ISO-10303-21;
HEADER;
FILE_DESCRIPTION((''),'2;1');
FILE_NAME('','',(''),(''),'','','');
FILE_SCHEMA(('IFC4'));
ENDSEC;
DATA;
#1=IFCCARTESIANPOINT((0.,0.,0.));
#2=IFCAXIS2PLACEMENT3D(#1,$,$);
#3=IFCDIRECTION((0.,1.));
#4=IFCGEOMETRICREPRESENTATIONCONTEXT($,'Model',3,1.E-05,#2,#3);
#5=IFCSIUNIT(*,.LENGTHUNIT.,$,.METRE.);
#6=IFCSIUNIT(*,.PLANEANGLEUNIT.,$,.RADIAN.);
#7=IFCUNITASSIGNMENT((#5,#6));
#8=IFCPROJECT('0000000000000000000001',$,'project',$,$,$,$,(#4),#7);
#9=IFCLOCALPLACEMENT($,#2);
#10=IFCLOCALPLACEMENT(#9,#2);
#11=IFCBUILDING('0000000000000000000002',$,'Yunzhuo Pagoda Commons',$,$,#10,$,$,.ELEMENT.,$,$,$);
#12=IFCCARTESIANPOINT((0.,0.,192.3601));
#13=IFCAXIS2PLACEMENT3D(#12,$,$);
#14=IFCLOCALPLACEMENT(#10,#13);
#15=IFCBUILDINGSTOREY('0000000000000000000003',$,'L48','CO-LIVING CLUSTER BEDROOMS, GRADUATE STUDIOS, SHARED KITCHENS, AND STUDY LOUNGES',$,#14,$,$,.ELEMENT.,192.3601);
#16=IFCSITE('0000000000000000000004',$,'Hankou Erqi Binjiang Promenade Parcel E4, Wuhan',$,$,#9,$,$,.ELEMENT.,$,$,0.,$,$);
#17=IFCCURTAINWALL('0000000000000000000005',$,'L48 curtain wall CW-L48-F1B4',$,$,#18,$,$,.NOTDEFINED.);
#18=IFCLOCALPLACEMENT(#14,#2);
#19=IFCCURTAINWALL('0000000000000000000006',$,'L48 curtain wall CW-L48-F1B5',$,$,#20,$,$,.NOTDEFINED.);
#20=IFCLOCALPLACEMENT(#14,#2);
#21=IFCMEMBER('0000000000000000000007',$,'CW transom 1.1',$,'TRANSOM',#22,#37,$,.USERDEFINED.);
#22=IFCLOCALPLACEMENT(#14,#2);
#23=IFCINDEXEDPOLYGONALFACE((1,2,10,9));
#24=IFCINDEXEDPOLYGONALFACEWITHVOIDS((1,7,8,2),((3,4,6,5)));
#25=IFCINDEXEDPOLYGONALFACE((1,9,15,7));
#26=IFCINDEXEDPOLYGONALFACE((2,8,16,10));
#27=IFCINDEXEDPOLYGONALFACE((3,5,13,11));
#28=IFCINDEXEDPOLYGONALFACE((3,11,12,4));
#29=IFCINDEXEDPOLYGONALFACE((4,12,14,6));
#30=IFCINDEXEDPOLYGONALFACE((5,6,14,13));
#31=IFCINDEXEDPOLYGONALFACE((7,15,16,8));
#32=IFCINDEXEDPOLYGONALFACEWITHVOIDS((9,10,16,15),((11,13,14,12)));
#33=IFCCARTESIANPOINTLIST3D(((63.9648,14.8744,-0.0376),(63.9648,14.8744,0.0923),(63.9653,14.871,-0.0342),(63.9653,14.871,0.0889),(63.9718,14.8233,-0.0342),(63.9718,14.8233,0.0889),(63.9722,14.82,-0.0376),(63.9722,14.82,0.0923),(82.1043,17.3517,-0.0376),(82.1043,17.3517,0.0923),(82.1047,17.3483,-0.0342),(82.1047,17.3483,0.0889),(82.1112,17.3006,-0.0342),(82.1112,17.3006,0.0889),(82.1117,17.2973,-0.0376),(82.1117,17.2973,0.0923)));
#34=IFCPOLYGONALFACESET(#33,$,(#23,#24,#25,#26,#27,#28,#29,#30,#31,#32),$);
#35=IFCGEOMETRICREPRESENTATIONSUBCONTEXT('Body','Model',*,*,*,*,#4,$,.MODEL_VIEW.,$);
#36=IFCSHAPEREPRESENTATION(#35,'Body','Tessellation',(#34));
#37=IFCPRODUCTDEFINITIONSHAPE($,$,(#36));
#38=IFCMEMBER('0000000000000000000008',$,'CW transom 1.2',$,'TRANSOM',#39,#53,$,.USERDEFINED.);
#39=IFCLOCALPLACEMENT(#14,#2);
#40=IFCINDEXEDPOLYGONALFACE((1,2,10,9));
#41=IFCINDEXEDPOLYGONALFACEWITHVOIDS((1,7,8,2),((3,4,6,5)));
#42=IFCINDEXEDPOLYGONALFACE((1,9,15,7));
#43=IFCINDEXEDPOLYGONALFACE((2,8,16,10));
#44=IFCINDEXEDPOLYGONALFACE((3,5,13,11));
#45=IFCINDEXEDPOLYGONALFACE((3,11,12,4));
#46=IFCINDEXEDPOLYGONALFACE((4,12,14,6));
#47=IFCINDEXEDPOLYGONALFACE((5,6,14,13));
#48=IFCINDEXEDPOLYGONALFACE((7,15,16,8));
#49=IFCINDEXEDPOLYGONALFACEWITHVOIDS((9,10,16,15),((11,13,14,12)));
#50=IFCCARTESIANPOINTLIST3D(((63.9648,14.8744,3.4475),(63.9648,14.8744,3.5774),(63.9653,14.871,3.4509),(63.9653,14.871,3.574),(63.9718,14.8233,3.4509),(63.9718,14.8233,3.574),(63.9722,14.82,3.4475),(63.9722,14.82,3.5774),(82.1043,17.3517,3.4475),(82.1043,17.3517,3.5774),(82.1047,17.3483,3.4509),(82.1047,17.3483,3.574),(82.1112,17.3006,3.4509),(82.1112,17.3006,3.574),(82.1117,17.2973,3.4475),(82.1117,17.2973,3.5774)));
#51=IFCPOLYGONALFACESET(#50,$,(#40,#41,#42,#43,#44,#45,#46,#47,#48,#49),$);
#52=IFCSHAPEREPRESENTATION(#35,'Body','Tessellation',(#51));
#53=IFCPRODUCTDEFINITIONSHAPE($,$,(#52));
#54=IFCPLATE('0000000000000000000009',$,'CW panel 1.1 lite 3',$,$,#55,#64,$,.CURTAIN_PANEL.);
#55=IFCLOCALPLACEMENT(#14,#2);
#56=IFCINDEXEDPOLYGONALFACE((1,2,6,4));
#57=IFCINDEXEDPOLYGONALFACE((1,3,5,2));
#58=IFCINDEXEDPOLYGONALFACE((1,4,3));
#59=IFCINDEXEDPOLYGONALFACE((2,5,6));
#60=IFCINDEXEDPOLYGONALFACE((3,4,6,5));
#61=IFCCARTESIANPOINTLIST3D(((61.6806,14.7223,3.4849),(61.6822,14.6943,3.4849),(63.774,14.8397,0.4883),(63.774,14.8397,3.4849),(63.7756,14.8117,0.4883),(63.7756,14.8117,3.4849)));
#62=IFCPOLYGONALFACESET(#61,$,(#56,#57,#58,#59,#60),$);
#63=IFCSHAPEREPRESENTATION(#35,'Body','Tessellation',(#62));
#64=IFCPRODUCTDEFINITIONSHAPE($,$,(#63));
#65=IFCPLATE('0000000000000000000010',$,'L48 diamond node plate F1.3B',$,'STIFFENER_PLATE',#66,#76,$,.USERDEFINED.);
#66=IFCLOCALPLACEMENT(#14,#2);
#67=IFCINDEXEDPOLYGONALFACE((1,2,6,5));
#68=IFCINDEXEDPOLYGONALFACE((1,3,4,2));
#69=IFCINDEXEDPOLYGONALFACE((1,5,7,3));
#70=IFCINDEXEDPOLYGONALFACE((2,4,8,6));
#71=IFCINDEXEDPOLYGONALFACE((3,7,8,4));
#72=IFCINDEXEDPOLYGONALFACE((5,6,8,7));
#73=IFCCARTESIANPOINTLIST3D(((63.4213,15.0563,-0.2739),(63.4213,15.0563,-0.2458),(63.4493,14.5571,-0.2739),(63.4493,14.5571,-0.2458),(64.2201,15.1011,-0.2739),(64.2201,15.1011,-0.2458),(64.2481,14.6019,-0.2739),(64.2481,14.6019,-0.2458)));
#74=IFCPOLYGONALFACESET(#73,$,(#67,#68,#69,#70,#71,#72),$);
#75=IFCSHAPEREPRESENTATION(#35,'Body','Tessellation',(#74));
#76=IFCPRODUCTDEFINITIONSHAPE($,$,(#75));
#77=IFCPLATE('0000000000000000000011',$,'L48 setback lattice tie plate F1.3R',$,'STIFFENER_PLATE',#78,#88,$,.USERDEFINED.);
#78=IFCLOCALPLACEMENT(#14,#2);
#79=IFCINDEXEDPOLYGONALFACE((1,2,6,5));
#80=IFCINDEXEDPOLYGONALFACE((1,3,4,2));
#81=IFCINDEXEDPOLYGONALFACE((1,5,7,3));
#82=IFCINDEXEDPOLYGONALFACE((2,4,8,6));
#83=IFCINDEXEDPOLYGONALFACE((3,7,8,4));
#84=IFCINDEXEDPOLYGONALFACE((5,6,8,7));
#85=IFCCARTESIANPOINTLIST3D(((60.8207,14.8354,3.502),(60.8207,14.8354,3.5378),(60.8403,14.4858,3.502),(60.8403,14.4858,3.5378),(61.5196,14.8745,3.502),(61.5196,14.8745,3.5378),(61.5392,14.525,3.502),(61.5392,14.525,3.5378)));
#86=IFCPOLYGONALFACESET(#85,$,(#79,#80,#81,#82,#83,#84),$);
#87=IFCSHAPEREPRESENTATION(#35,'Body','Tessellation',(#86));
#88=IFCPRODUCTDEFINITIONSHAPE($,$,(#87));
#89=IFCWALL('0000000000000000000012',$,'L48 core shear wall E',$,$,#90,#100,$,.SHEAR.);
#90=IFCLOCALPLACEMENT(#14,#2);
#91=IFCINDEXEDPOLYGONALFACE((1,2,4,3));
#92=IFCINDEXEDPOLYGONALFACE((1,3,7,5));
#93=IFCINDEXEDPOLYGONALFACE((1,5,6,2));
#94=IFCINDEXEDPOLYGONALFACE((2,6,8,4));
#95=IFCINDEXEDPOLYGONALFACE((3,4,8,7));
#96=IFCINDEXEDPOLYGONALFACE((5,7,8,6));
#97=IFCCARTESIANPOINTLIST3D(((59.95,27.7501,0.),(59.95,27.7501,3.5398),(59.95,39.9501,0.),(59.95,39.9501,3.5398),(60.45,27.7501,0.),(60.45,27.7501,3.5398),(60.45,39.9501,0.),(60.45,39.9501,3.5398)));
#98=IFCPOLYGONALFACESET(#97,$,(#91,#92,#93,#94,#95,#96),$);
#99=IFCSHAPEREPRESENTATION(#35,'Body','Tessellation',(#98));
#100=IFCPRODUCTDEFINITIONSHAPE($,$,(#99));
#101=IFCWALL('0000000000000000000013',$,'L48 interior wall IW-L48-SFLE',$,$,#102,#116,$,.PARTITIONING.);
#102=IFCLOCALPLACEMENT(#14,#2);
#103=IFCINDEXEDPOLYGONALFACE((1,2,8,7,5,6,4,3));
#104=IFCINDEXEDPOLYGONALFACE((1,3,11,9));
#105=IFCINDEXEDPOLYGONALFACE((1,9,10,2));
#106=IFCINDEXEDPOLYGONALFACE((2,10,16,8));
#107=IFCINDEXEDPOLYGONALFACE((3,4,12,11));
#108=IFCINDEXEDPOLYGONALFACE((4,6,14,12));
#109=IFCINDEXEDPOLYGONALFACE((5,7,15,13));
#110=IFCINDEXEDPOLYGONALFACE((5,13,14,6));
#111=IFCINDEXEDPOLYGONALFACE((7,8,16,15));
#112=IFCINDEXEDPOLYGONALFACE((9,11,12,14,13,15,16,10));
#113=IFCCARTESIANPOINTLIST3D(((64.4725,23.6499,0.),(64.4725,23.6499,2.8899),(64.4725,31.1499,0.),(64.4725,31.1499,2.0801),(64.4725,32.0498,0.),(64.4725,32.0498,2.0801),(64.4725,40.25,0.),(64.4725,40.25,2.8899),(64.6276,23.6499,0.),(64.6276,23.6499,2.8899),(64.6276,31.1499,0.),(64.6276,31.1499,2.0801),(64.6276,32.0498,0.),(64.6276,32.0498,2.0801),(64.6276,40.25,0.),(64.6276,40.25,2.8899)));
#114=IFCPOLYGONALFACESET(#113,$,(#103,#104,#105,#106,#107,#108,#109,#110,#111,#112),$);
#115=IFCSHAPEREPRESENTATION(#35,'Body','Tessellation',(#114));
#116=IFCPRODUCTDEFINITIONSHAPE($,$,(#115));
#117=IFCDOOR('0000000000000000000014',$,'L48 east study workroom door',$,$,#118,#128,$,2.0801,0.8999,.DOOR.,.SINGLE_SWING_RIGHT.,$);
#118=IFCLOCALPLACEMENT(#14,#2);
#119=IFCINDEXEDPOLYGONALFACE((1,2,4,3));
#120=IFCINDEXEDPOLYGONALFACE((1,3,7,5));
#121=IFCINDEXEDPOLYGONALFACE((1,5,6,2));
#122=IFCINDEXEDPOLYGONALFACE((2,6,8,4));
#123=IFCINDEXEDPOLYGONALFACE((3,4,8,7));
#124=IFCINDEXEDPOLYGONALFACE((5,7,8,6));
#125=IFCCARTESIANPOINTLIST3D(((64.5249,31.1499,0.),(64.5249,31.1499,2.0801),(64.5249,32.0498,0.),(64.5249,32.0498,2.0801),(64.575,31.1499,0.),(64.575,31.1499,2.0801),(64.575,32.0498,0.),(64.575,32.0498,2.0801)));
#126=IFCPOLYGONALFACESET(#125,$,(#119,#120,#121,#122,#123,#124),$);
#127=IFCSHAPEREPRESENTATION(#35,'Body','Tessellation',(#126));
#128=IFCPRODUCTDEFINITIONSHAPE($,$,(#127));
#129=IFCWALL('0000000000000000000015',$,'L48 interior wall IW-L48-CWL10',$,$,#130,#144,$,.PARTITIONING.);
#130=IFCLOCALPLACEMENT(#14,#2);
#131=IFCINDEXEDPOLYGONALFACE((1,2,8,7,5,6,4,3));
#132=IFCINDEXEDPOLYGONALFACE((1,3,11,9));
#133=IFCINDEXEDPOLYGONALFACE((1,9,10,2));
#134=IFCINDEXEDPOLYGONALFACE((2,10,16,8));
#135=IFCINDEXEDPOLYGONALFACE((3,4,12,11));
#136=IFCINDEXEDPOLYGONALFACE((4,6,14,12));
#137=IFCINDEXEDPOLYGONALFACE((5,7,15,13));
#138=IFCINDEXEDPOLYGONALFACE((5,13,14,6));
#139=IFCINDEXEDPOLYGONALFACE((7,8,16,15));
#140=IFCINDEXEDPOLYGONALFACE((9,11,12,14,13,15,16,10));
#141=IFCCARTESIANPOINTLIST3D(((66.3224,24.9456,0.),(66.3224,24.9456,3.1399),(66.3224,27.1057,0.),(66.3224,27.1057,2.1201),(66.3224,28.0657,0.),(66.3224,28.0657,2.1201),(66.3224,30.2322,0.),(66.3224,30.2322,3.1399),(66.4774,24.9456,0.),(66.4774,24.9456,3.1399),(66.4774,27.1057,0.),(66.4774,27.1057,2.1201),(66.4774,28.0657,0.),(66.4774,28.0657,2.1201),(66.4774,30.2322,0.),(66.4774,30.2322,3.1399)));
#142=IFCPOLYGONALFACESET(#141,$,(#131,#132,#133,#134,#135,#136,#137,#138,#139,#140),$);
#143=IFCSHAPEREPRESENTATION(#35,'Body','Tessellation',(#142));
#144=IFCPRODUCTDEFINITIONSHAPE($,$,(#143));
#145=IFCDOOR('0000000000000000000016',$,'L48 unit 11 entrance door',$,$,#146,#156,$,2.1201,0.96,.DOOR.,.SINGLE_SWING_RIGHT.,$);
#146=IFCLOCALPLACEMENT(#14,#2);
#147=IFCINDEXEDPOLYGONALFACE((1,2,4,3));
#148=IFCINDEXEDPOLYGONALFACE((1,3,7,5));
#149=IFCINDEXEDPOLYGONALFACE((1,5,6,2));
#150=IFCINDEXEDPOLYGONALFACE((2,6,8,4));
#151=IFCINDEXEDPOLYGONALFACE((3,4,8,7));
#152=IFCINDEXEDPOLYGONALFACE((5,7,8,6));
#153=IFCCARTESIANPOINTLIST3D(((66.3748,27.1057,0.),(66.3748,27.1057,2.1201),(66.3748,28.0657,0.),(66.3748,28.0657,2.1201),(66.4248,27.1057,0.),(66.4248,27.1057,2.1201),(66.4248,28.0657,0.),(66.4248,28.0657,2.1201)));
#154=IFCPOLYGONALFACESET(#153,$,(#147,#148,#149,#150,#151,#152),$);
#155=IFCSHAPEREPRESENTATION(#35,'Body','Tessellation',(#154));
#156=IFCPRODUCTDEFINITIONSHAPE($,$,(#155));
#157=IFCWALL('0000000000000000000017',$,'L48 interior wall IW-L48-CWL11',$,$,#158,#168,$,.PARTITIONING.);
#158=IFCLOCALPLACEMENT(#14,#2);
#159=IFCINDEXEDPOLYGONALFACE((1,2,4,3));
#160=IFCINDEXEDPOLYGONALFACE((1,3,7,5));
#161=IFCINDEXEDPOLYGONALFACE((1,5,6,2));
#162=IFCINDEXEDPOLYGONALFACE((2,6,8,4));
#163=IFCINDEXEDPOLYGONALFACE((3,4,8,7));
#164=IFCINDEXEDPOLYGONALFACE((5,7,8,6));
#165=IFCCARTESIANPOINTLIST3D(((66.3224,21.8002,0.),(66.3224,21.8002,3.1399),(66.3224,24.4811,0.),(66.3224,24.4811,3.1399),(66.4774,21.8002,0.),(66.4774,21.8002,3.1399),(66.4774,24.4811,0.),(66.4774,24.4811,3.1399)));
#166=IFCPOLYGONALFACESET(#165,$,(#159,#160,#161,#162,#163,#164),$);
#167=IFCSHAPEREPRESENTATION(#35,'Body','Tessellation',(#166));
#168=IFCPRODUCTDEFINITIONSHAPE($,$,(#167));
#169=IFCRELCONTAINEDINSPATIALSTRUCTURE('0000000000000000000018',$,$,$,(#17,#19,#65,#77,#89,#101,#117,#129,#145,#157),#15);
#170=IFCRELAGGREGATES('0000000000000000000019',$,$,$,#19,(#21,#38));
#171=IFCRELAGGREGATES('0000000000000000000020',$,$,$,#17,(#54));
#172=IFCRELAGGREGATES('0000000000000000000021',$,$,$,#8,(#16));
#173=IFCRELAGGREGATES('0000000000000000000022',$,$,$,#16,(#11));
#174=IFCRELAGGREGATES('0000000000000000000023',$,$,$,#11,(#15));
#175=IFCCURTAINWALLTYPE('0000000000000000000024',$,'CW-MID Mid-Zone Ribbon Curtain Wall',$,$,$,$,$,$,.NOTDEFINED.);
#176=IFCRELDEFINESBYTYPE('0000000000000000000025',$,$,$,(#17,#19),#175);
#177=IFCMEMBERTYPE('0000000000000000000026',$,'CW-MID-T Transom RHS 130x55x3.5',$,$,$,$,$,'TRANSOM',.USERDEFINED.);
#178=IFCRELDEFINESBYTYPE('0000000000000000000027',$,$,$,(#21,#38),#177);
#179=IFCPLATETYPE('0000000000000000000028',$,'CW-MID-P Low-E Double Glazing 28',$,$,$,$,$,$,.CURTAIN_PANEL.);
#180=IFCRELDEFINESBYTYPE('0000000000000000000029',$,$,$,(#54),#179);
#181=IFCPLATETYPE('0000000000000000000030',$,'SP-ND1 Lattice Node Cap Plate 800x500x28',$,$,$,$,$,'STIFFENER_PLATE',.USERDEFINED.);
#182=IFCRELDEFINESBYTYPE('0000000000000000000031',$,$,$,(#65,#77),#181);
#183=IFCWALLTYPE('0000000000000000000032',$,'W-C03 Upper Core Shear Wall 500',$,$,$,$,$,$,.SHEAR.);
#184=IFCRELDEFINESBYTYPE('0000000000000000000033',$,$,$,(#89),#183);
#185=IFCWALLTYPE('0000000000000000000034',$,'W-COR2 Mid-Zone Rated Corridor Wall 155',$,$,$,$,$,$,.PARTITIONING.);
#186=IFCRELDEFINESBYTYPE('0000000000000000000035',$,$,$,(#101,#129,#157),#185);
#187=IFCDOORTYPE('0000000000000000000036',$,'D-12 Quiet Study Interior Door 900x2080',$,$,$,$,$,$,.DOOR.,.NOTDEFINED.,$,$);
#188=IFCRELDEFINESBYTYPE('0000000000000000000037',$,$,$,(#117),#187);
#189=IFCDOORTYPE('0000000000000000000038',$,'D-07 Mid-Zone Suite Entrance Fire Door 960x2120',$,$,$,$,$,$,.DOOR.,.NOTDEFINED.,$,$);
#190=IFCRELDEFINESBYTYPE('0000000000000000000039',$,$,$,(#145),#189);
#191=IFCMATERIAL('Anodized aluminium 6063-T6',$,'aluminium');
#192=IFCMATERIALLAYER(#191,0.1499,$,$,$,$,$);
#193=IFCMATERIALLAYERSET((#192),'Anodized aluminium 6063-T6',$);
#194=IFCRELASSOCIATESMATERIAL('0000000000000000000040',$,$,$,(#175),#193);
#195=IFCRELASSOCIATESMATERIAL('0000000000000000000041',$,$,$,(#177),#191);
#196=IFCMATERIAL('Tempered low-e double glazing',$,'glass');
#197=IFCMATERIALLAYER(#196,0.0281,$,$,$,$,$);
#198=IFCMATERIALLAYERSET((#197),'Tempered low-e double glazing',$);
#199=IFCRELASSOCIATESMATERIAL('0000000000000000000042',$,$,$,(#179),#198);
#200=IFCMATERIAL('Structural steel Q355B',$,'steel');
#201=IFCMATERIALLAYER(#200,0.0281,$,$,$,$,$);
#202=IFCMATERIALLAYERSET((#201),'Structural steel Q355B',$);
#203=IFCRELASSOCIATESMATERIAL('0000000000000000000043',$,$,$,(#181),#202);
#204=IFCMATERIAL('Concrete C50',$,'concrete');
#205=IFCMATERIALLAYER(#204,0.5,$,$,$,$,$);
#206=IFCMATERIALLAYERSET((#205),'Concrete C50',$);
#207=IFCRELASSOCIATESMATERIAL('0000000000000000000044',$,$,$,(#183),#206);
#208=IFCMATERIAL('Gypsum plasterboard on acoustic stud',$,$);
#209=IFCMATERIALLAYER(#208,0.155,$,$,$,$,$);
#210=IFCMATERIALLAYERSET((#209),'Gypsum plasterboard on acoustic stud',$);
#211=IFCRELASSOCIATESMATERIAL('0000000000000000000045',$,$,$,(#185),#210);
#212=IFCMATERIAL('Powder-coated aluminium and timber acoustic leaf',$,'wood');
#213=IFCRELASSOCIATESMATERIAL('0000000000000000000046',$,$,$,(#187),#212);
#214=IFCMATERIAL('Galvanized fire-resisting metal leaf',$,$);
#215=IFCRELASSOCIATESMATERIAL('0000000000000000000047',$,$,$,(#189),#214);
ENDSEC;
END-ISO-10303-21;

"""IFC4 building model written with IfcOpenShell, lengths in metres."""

from ifc_helpers import new_model, si_unit, direction, frame, frame_2d, origin, origin_with_axes, origin_2d, place, context, subcontext, project, spatial, polyline, rectangle, hollow_rectangle, outline, extrude, source, transform, mapped, material, layer, layer_set, material_profile, profile_set, type_object, element, fill, aggregate, save


model = new_model("IFC4")

# Units and contexts
model_context = context("Model", 3, precision=1e-05, world=origin(), true_north=direction((0.0, 1.0)))
body_context = subcontext(model_context, "Body", "Model", "MODEL_VIEW")
ifc_project = project(units=[si_unit("LENGTHUNIT", "METRE"), si_unit("PLANEANGLEUNIT", "RADIAN")], contexts=[model_context])

# Site, building, storey
site_placement = place(None, origin())
site = spatial("IfcSite", under=ifc_project, at=site_placement, Name="Hankou Erqi Binjiang Promenade Parcel E4, Wuhan", CompositionType="ELEMENT", RefElevation=0.0)
building_placement = place(site_placement, origin())
building = spatial("IfcBuilding", under=site, at=building_placement, Name="Yunzhuo Pagoda Commons", CompositionType="ELEMENT")
storey_placement = place(building_placement, frame((0.0, 0.0, 192.3601)))
storey = spatial("IfcBuildingStorey", under=building, at=storey_placement, Name="L48", Description="CO-LIVING CLUSTER BEDROOMS, GRADUATE STUDIOS, SHARED KITCHENS, AND STUDY LOUNGES", CompositionType="ELEMENT", Elevation=192.3601)

# Shared definitions
ifc_material_1 = material(Name="Structural steel Q355B", Category="steel")

# Curtain wall
ifc_material_2 = material(Name="Anodized aluminium 6063-T6", Category="aluminium")
ifc_layer_1 = layer(ifc_material_2, 0.1499)
ifc_layer_set_1 = layer_set([ifc_layer_1], Name="Anodized aluminium 6063-T6")
curtain_wall_type = type_object("IfcCurtainWallType", Name="CW-MID Mid-Zone Ribbon Curtain Wall", PredefinedType="NOTDEFINED", material=ifc_layer_set_1)
curtain_wall_1_placement = place(storey_placement, origin())
curtain_wall_1 = element("IfcCurtainWall", 1, at=curtain_wall_1_placement, inside=storey, type_object=curtain_wall_type, Name="L48 curtain wall CW-L48-F1B4", PredefinedType="NOTDEFINED")

# Curtain wall, members
curtain_wall_2_placement = place(storey_placement, origin())
curtain_wall_2 = element("IfcCurtainWall", 2, at=curtain_wall_2_placement, inside=storey, type_object=curtain_wall_type, Name="L48 curtain wall CW-L48-F1B5", PredefinedType="NOTDEFINED")
ifc_material_profile_1 = material_profile(ifc_material_2, hollow_rectangle(XDim=0.0549, YDim=0.1299, WallThickness=0.0034, at=origin_2d()), Name="Anodized aluminium 6063-T6")
ifc_profile_set_1 = profile_set([ifc_material_profile_1], Name="Anodized aluminium 6063-T6")
member_type_1 = type_object("IfcMemberType", Name="CW-MID-T Transom RHS 130x55x3.5", ElementType="TRANSOM", PredefinedType="USERDEFINED", material=ifc_profile_set_1)
shared_shape_1 = source(origin(), body_context, "Body", "SweptSolid", [
    extrude(hollow_rectangle(XDim=0.0549, YDim=0.1299, WallThickness=0.0034, at=origin_2d()), origin(), (0.0, 0.0, 1.0), 18.3079),
])
member_1_placement = place(storey_placement, frame((63.9685, 14.8472, 0.0273), z_axis=(0.990803, 0.135314, 0.0), x_axis=(-0.135314, 0.990803, 0.0)))
member_1 = element("IfcMember", 3, at=member_1_placement, type_object=member_type_1, Name="CW transom 1.1", ObjectType="TRANSOM", PredefinedType="USERDEFINED", context=body_context, shape_type="MappedRepresentation", body=[
    mapped(shared_shape_1, transform((0.0, 0.0, 0.0), scale=1.0)),
])
member_2_placement = place(storey_placement, frame((63.9685, 14.8472, 3.5125), z_axis=(0.990803, 0.135314, 0.0), x_axis=(-0.135314, 0.990803, 0.0)))
member_2 = element("IfcMember", 4, at=member_2_placement, type_object=member_type_1, Name="CW transom 1.2", ObjectType="TRANSOM", PredefinedType="USERDEFINED", context=body_context, shape_type="MappedRepresentation", body=[
    mapped(shared_shape_1, transform((0.0, 0.0, 0.0), scale=1.0)),
])
aggregate(curtain_wall_2, [member_1, member_2])

# Plate
ifc_material_3 = material(Name="Tempered low-e double glazing", Category="glass")
ifc_layer_2 = layer(ifc_material_3, 0.0281)
ifc_layer_set_2 = layer_set([ifc_layer_2], Name="Tempered low-e double glazing")
plate_type_1 = type_object("IfcPlateType", Name="CW-MID-P Low-E Double Glazing 28", PredefinedType="CURTAIN_PANEL", material=ifc_layer_set_2)
plate_1_placement = place(storey_placement, frame((62.7273, 14.781, 1.9866), z_axis=(0.055983, -0.998432, 0.0), x_axis=(0.998432, 0.055983, 0.0)))
plate_1 = element("IfcPlate", 5, at=plate_1_placement, type_object=plate_type_1, Name="CW panel 1.1 lite 3", PredefinedType="CURTAIN_PANEL", context=body_context, shape_type="SweptSolid", body=[
    extrude(outline(polyline([(-1.0483, 1.4983), (1.0483, -1.4983), (1.0483, 1.4983), (-1.0483, 1.4983)])), origin(), (0.0, 0.0, 1.0), 0.0281),
])
aggregate(curtain_wall_1, [plate_1])

# Plates
ifc_layer_3 = layer(ifc_material_1, 0.0281)
ifc_layer_set_3 = layer_set([ifc_layer_3], Name="Structural steel Q355B")
plate_type_2 = type_object("IfcPlateType", Name="SP-ND1 Lattice Node Cap Plate 800x500x28", ElementType="STIFFENER_PLATE", PredefinedType="USERDEFINED", material=ifc_layer_set_3)
shared_shape_2 = source(origin(), body_context, "Body", "SweptSolid", [
    extrude(rectangle(XDim=0.8, YDim=0.5, at=origin_2d()), origin(), (0.0, 0.0, 1.0), 0.0281),
])
plate_2_placement = place(storey_placement, frame((63.8347, 14.8291, -0.2739), z_axis=(0.0, 0.0, 1.0), x_axis=(0.998432, 0.055978, 0.0)))
element("IfcPlate", 6, at=plate_2_placement, inside=storey, type_object=plate_type_2, Name="L48 diamond node plate F1.3B", ObjectType="STIFFENER_PLATE", PredefinedType="USERDEFINED", context=body_context, shape_type="MappedRepresentation", body=[
    mapped(shared_shape_2, transform((0.0, 0.0, 0.0), scale=1.0)),
])
shared_shape_3 = source(origin(), body_context, "Body", "SweptSolid", [
    extrude(rectangle(XDim=0.7, YDim=0.3501, at=origin_2d()), origin(), (0.0, 0.0, 1.0), 0.0359),
])
plate_3_placement = place(storey_placement, frame((61.1799, 14.6802, 3.502), z_axis=(0.0, 0.0, 1.0), x_axis=(0.998432, 0.055978, 0.0)))
element("IfcPlate", 7, at=plate_3_placement, inside=storey, type_object=plate_type_2, Name="L48 setback lattice tie plate F1.3R", ObjectType="STIFFENER_PLATE", PredefinedType="USERDEFINED", context=body_context, shape_type="MappedRepresentation", body=[
    mapped(shared_shape_3, transform((0.0, 0.0, 0.0), scale=1.0)),
])

# Wall
ifc_material_4 = material(Name="Concrete C50", Category="concrete")
ifc_layer_4 = layer(ifc_material_4, 0.5)
ifc_layer_set_4 = layer_set([ifc_layer_4], Name="Concrete C50")
wall_type_1 = type_object("IfcWallType", Name="W-C03 Upper Core Shear Wall 500", PredefinedType="SHEAR", material=ifc_layer_set_4)
wall_1_placement = place(storey_placement, frame((60.2, 27.75, 0.0), z_axis=(0.0, 0.0, 1.0), x_axis=(0.0, 1.0, 0.0)))
element("IfcWall", 8, at=wall_1_placement, inside=storey, type_object=wall_type_1, Name="L48 core shear wall E", PredefinedType="SHEAR", context=body_context, shape_type="SweptSolid", body=[
    extrude(rectangle(XDim=12.2, YDim=0.5, at=frame_2d((6.1001, 0.0))), origin(), (0.0, 0.0, 1.0), 3.5398),
])

# Walls, openings, doors
ifc_material_5 = material(Name="Gypsum plasterboard on acoustic stud")
ifc_layer_5 = layer(ifc_material_5, 0.155)
ifc_layer_set_5 = layer_set([ifc_layer_5], Name="Gypsum plasterboard on acoustic stud")
wall_type_2 = type_object("IfcWallType", Name="W-COR2 Mid-Zone Rated Corridor Wall 155", PredefinedType="PARTITIONING", material=ifc_layer_set_5)
wall_2_placement = place(storey_placement, frame((64.55, 23.6499, 0.0), z_axis=(0.0, 0.0, 1.0), x_axis=(0.0, 1.0, 0.0)))
wall_2 = element("IfcWall", 9, at=wall_2_placement, inside=storey, type_object=wall_type_2, Name="L48 interior wall IW-L48-SFLE", PredefinedType="PARTITIONING", context=body_context, shape_type="SweptSolid", body=[
    extrude(rectangle(XDim=16.6001, YDim=0.155, at=frame_2d((8.3, 0.0))), origin(), (0.0, 0.0, 1.0), 2.8899),
])
opening_1_placement = place(wall_2_placement, frame((7.5, 0.0, 0.0)))
opening_1 = element("IfcOpeningElement", 10, at=opening_1_placement, cuts=wall_2, PredefinedType="OPENING", context=body_context, shape_type="SweptSolid", body=[
    extrude(rectangle(XDim=0.8999, YDim=2.0801, at=frame_2d((0.45, 1.04))), frame((0.0, 0.0874, 0.0), z_axis=(0.0, -1.0, 0.0), x_axis=(1.0, 0.0, 0.0)), (0.0, 0.0, 1.0), 0.175),
])
ifc_material_6 = material(Name="Powder-coated aluminium and timber acoustic leaf", Category="wood")
door_type_1 = type_object("IfcDoorType", Name="D-12 Quiet Study Interior Door 900x2080", OperationType="NOTDEFINED", PredefinedType="DOOR", material=ifc_material_6)
shared_shape_4 = source(origin(), body_context, "Body", "SweptSolid", [
    extrude(rectangle(XDim=0.8999, YDim=2.0801, at=frame_2d((0.45, 1.04))), frame((0.0, 0.0249, 0.0), z_axis=(0.0, -1.0, 0.0), x_axis=(1.0, 0.0, 0.0)), (0.0, 0.0, 1.0), 0.05),
])
door_1_placement = place(opening_1_placement, frame((0.8999, 0.0, 0.0), z_axis=(0.0, 0.0, 1.0), x_axis=(-1.0, 0.0, 0.0)))
door_1 = element("IfcDoor", 11, at=door_1_placement, inside=storey, type_object=door_type_1, Name="L48 east study workroom door", OperationType="SINGLE_SWING_RIGHT", OverallHeight=2.0801, OverallWidth=0.8999, PredefinedType="DOOR", context=body_context, shape_type="MappedRepresentation", body=[
    mapped(shared_shape_4, transform((0.0, 0.0, 0.0), scale=1.0)),
])
fill(opening_1, door_1)
wall_3_placement = place(storey_placement, frame((66.3999, 30.2322, 0.0), z_axis=(0.0, 0.0, 1.0), x_axis=(0.0, -1.0, 0.0)))
wall_3 = element("IfcWall", 12, at=wall_3_placement, inside=storey, type_object=wall_type_2, Name="L48 interior wall IW-L48-CWL10", PredefinedType="PARTITIONING", context=body_context, shape_type="SweptSolid", body=[
    extrude(rectangle(XDim=5.2866, YDim=0.155, at=frame_2d((2.6433, 0.0))), origin(), (0.0, 0.0, 1.0), 3.1399),
])
opening_2_placement = place(wall_3_placement, frame((2.1665, 0.0, 0.0)))
opening_2 = element("IfcOpeningElement", 13, at=opening_2_placement, cuts=wall_3, PredefinedType="OPENING", context=body_context, shape_type="SweptSolid", body=[
    extrude(rectangle(XDim=0.96, YDim=2.1201, at=frame_2d((0.48, 1.0601))), frame((0.0, 0.0874, 0.0), z_axis=(0.0, -1.0, 0.0), x_axis=(1.0, 0.0, 0.0)), (0.0, 0.0, 1.0), 0.175),
])
ifc_material_7 = material(Name="Galvanized fire-resisting metal leaf")
door_type_2 = type_object("IfcDoorType", Name="D-07 Mid-Zone Suite Entrance Fire Door 960x2120", OperationType="NOTDEFINED", PredefinedType="DOOR", material=ifc_material_7)
shared_shape_5 = source(origin(), body_context, "Body", "SweptSolid", [
    extrude(rectangle(XDim=0.96, YDim=2.1201, at=frame_2d((0.48, 1.0601))), frame((0.0, 0.0249, 0.0), z_axis=(0.0, -1.0, 0.0), x_axis=(1.0, 0.0, 0.0)), (0.0, 0.0, 1.0), 0.05),
])
door_2_placement = place(opening_2_placement, origin_with_axes())
door_2 = element("IfcDoor", 14, at=door_2_placement, inside=storey, type_object=door_type_2, Name="L48 unit 11 entrance door", OperationType="SINGLE_SWING_RIGHT", OverallHeight=2.1201, OverallWidth=0.96, PredefinedType="DOOR", context=body_context, shape_type="MappedRepresentation", body=[
    mapped(shared_shape_5, transform((0.0, 0.0, 0.0), scale=1.0)),
])
fill(opening_2, door_2)

# Wall
wall_4_placement = place(storey_placement, frame((66.3999, 24.481, 0.0), z_axis=(0.0, 0.0, 1.0), x_axis=(0.0, -1.0, 0.0)))
element("IfcWall", 15, at=wall_4_placement, inside=storey, type_object=wall_type_2, Name="L48 interior wall IW-L48-CWL11", PredefinedType="PARTITIONING", context=body_context, shape_type="SweptSolid", body=[
    extrude(rectangle(XDim=2.6809, YDim=0.155, at=frame_2d((1.3403, 0.0))), origin(), (0.0, 0.0, 1.0), 3.1399),
])

save(model, "model.ifc")
